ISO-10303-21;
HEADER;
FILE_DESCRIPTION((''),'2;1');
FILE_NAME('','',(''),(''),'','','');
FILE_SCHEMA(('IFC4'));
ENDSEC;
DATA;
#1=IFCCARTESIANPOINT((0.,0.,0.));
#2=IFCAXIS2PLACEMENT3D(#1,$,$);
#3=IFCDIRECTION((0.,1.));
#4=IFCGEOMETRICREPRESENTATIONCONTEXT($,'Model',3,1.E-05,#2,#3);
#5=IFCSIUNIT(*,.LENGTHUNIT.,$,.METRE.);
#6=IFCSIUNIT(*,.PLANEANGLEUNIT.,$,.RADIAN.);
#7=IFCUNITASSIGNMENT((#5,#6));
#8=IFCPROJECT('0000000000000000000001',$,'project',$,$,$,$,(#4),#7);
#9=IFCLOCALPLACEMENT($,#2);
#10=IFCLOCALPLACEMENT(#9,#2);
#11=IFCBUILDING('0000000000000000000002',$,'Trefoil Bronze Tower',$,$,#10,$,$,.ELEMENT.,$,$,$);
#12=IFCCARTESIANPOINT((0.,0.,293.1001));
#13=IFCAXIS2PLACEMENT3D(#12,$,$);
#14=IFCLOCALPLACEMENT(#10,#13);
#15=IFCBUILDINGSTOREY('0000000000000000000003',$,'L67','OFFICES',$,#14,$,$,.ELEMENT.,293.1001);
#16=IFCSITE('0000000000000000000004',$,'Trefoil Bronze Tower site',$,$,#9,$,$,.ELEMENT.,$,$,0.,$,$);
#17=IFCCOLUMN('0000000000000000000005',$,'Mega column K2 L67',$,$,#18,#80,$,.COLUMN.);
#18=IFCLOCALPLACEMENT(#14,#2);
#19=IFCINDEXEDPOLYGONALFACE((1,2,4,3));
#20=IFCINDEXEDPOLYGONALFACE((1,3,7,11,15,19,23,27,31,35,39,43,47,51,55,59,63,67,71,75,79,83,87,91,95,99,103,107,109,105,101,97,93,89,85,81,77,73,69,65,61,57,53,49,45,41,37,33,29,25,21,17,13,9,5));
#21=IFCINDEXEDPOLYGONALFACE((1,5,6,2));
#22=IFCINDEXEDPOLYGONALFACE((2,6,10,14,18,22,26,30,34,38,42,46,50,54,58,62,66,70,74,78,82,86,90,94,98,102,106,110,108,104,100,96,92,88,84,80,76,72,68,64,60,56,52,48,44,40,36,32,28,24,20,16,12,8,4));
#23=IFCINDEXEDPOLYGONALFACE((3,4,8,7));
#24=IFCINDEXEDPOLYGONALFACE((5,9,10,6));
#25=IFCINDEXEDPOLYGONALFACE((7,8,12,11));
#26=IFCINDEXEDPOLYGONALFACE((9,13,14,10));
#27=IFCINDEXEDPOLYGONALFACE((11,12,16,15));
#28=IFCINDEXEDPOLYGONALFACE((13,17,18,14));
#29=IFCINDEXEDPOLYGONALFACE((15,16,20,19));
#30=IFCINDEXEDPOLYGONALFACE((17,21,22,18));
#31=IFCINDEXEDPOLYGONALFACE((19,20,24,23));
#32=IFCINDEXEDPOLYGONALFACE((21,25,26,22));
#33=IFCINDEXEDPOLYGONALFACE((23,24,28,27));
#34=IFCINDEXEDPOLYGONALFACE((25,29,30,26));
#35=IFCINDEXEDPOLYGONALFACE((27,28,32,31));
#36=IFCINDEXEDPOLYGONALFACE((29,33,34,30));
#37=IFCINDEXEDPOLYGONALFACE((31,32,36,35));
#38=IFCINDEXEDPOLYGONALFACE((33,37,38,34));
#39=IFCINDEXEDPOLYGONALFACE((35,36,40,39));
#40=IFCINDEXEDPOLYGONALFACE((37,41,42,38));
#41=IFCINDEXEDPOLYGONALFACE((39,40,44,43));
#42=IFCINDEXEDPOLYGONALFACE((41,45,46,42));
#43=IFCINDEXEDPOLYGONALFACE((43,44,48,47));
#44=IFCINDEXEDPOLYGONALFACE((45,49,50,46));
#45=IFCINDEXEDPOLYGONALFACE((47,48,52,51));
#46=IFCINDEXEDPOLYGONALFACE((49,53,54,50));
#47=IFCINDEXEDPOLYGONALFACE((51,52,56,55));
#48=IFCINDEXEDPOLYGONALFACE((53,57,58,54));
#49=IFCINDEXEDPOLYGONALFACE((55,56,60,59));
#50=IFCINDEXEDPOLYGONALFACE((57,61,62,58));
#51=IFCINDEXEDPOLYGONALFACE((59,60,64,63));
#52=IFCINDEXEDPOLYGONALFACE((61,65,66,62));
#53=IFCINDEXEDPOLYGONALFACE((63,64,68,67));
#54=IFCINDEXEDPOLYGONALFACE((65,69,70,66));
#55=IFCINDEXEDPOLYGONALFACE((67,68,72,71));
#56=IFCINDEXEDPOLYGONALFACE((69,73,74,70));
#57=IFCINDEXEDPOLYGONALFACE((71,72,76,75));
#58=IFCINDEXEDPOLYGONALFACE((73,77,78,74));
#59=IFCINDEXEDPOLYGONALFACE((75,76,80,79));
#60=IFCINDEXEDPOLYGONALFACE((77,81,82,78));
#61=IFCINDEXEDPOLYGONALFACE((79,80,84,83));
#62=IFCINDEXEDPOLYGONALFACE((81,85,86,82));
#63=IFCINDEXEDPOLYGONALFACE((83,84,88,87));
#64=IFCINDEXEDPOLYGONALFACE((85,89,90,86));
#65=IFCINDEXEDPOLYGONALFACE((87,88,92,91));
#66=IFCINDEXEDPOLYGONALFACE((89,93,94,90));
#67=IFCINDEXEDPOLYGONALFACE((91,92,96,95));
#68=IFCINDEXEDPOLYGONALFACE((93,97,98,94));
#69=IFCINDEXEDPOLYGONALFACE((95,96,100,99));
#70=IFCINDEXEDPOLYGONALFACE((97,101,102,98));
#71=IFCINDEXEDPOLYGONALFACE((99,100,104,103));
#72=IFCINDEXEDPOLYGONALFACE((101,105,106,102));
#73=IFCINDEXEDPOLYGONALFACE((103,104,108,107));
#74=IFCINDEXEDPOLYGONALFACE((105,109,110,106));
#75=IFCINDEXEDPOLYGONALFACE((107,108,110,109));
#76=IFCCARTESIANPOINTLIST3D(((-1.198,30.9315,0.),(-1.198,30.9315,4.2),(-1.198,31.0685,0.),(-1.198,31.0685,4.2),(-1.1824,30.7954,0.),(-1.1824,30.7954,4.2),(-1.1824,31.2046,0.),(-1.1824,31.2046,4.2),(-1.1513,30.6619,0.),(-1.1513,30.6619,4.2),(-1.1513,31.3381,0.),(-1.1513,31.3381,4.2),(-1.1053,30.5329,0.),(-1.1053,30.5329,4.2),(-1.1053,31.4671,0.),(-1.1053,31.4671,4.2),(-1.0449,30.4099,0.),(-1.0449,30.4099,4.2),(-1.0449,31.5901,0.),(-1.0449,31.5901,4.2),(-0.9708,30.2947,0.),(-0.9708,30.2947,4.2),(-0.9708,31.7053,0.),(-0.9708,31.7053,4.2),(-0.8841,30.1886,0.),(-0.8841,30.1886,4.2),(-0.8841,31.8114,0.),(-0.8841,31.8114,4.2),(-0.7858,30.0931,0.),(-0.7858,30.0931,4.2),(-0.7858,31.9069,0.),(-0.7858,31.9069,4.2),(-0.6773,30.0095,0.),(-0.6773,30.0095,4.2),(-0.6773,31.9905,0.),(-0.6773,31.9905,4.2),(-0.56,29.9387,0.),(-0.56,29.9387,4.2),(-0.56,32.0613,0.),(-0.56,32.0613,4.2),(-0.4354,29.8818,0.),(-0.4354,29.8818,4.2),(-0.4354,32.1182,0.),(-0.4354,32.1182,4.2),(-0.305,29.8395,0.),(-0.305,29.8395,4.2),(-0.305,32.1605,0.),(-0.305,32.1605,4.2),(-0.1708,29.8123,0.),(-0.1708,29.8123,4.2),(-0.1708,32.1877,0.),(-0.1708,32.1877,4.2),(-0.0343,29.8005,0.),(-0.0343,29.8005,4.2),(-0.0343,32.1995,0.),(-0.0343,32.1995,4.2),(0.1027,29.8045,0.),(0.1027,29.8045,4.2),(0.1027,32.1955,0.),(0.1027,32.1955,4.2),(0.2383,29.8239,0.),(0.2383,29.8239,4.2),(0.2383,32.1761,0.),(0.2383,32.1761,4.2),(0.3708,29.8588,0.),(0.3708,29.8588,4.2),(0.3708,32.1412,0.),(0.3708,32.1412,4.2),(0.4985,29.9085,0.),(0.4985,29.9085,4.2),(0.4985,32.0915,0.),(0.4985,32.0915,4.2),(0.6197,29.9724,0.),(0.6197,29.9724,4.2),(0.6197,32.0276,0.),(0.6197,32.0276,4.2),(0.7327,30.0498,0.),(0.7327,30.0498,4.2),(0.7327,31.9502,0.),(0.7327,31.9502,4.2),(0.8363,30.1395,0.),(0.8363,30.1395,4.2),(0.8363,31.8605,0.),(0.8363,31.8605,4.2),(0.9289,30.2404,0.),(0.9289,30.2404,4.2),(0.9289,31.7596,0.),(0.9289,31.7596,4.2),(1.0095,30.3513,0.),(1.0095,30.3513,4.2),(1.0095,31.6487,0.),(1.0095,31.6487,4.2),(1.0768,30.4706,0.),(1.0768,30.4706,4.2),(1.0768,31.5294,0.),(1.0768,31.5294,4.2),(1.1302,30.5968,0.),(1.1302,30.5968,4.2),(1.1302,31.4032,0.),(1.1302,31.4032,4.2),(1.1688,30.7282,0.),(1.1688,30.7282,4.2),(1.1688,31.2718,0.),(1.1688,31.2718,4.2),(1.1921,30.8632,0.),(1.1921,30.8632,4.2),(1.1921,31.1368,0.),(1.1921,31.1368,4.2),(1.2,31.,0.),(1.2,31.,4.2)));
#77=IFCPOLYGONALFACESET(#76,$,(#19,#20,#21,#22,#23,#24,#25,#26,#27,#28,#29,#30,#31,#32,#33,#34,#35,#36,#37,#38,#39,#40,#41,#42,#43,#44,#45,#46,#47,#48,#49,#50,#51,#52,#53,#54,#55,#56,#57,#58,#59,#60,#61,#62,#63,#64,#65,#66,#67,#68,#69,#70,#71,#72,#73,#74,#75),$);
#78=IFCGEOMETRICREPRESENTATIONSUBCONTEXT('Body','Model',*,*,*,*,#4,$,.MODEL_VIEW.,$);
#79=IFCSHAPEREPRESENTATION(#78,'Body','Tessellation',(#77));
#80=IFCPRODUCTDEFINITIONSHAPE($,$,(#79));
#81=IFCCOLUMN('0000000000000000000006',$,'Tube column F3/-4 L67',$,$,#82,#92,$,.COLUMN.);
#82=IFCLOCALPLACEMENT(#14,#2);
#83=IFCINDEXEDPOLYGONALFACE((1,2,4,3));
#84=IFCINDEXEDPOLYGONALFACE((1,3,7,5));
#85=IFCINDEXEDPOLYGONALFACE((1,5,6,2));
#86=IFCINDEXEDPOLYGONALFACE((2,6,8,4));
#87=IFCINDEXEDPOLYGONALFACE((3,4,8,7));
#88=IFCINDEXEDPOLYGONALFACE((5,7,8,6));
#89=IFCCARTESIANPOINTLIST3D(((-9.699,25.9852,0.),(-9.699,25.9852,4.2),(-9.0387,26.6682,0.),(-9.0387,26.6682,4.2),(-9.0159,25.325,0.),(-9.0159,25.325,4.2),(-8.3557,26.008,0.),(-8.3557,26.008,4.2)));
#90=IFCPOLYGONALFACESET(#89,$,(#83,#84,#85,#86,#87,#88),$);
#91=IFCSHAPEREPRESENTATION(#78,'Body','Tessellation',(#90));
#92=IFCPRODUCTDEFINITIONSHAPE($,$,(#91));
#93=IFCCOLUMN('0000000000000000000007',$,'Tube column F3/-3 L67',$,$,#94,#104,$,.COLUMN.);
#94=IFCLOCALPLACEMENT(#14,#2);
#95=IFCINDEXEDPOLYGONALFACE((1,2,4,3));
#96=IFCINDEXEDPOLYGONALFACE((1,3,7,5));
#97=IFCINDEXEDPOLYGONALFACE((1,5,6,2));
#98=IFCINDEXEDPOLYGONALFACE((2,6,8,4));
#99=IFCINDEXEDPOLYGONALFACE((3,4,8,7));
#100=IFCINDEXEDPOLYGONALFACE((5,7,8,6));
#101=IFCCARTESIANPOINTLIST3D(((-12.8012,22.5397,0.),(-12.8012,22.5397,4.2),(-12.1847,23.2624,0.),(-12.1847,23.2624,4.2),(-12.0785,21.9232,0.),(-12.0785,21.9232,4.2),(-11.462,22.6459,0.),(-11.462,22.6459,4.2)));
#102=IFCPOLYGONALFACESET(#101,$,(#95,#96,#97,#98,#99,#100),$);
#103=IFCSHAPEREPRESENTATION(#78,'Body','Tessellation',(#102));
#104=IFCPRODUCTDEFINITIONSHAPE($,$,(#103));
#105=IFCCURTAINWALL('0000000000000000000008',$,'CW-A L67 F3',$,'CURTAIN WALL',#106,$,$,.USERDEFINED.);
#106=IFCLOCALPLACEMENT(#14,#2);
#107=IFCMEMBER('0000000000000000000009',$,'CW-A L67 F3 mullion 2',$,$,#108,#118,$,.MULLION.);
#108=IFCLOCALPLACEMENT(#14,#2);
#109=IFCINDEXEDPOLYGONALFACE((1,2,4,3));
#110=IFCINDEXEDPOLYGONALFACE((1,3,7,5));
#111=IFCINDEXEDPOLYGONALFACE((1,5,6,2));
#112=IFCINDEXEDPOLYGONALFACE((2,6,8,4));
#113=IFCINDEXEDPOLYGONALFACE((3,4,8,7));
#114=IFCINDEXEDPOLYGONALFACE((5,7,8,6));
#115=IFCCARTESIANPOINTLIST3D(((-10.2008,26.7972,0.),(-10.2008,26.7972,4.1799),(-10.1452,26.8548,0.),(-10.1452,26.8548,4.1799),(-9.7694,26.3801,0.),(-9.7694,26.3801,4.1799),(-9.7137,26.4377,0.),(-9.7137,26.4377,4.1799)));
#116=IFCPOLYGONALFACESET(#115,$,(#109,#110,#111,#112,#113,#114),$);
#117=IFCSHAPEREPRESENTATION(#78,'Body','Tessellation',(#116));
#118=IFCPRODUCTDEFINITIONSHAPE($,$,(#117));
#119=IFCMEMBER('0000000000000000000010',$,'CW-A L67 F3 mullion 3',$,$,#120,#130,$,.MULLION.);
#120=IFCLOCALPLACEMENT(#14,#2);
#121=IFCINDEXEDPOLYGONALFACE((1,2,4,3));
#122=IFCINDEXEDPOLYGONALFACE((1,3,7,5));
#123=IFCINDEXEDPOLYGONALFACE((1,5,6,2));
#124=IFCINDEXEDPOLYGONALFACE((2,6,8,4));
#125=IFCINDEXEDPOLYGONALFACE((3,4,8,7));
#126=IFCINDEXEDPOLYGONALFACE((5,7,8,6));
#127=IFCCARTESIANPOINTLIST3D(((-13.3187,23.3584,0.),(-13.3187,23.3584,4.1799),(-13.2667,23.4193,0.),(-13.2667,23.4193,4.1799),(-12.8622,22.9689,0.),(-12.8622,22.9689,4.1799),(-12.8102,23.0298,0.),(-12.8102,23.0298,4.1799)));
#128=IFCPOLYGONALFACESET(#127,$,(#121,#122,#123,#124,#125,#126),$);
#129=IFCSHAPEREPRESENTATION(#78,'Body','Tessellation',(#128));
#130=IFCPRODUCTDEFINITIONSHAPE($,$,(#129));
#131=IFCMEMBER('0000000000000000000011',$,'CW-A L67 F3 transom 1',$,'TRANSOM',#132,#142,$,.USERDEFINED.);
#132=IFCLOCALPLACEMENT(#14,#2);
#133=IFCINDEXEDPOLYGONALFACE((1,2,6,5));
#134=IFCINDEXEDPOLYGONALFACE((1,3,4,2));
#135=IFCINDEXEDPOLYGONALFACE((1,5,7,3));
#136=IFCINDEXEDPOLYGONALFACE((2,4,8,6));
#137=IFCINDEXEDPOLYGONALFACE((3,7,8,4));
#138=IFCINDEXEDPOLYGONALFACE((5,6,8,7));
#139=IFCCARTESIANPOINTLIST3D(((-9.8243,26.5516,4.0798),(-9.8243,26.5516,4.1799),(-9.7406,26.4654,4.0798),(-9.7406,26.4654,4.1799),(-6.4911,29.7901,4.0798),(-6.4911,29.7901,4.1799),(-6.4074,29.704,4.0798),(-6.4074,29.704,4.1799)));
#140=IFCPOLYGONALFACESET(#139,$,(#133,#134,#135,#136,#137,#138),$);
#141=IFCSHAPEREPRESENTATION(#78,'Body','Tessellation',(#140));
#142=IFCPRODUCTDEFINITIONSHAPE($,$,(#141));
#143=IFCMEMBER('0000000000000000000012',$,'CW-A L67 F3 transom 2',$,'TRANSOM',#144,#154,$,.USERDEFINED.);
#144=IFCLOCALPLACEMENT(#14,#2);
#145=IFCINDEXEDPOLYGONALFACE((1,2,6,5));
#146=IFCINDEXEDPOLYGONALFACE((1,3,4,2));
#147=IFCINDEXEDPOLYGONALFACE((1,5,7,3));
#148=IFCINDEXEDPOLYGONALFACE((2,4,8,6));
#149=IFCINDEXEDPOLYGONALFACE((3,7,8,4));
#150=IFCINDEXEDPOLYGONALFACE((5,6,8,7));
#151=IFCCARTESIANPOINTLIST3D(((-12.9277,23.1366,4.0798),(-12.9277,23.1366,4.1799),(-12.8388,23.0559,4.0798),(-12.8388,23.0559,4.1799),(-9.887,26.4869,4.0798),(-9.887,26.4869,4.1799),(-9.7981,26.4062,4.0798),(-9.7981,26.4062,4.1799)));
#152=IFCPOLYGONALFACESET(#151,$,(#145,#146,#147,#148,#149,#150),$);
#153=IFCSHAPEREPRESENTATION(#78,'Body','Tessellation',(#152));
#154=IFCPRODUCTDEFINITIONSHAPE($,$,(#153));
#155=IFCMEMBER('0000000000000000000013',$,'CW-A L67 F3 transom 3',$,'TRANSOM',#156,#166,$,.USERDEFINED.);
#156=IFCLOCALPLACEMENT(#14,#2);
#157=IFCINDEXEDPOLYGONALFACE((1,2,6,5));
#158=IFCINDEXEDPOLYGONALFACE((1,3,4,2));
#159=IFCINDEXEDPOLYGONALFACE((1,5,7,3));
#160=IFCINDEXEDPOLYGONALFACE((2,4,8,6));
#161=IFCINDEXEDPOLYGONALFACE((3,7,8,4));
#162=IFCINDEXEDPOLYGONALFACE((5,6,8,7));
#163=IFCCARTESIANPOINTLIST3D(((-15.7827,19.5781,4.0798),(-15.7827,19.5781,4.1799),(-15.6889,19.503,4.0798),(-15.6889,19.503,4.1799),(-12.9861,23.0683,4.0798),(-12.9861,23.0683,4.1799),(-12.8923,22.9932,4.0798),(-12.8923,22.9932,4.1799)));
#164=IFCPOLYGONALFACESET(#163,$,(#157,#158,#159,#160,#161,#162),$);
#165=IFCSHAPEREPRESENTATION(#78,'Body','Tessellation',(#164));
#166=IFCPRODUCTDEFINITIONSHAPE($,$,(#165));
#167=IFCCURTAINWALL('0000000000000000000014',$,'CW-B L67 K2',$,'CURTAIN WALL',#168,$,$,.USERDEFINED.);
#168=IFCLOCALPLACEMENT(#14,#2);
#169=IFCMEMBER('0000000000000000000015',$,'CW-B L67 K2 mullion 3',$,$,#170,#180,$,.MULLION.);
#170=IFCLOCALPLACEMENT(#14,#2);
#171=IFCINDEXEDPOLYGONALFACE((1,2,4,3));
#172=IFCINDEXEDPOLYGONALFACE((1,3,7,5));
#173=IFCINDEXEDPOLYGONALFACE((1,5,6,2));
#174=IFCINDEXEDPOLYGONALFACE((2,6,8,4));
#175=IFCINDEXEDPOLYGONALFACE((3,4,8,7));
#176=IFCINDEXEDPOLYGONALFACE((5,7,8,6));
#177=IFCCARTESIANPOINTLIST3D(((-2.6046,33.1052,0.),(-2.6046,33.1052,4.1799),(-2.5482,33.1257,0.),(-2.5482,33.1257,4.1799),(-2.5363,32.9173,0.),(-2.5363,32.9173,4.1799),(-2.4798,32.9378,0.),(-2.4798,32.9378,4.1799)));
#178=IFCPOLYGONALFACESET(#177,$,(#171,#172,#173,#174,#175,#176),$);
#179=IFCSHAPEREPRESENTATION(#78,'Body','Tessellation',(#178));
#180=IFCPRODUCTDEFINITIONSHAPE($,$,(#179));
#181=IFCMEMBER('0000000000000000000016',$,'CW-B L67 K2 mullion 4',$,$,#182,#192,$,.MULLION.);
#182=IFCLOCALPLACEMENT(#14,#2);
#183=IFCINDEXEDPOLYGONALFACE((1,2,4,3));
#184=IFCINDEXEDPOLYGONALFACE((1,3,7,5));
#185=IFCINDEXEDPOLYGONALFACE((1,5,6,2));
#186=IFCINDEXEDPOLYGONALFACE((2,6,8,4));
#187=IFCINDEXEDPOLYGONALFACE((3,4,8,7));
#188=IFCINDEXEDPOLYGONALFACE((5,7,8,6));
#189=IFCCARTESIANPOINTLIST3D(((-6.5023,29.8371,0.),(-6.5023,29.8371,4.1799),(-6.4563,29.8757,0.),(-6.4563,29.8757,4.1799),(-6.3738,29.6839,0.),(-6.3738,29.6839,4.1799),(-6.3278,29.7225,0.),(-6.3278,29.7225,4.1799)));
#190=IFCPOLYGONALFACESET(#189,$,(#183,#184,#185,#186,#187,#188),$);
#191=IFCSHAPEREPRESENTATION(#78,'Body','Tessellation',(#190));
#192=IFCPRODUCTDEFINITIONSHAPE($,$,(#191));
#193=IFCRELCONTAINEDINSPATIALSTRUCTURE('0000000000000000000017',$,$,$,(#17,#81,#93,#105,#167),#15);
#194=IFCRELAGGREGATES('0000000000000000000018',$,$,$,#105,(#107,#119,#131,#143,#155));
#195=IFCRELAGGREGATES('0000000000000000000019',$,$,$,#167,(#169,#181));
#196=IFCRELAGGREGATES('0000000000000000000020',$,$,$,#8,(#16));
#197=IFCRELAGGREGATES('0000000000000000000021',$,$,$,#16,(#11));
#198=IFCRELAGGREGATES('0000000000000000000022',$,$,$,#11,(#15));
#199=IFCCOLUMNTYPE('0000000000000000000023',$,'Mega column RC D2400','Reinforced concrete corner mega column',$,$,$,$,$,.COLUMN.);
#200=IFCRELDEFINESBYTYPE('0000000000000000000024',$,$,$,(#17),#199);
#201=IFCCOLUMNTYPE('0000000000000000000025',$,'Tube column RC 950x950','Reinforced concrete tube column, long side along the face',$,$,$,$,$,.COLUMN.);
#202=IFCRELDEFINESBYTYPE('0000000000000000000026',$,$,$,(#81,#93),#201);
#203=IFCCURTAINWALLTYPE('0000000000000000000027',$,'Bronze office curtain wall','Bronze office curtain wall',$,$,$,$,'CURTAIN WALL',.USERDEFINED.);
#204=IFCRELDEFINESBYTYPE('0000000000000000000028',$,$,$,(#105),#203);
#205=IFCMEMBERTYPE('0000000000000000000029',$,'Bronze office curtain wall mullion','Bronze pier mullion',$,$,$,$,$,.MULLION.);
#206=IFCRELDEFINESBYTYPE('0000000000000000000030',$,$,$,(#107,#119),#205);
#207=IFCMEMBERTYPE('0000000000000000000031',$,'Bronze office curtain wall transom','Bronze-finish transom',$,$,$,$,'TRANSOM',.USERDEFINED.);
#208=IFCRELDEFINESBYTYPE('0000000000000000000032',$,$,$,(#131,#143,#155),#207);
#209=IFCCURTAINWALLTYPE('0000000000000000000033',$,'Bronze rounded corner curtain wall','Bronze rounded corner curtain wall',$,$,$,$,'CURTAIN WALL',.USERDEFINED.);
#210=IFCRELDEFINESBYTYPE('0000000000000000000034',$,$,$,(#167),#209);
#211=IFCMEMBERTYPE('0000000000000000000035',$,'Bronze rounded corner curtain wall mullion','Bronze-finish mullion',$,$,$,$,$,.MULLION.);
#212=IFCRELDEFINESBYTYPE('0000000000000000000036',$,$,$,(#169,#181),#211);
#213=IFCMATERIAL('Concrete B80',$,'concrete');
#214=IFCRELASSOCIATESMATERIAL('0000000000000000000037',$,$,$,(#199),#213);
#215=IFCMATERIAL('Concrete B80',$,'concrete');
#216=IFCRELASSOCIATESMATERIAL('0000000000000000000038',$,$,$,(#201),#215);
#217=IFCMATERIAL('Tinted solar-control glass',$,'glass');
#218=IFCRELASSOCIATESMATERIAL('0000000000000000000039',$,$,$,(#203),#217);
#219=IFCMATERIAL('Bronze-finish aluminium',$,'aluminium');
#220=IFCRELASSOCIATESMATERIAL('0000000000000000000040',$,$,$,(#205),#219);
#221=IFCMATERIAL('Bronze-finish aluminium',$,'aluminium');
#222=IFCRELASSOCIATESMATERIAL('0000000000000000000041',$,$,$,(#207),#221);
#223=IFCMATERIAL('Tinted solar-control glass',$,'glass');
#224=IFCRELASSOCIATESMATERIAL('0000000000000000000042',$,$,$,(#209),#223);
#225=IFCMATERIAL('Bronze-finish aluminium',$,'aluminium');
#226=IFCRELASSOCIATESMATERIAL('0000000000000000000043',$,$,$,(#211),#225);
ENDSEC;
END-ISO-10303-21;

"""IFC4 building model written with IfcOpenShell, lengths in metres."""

from ifc_helpers import new_model, si_unit, direction, frame, origin, origin_2d, place, context, subcontext, project, spatial, rectangle, circle, extrude, material, material_profile, profile_set, type_object, element, aggregate, save


model = new_model("IFC4")

# Units and contexts
model_context = context("Model", 3, precision=1e-05, world=origin(), true_north=direction((0.0, 1.0)))
body_context = subcontext(model_context, "Body", "Model", "MODEL_VIEW")
ifc_project = project(units=[si_unit("LENGTHUNIT", "METRE"), si_unit("PLANEANGLEUNIT", "RADIAN")], contexts=[model_context])

# Site, building, storey
site_placement = place(None, origin())
site = spatial("IfcSite", under=ifc_project, at=site_placement, Name="Trefoil Bronze Tower site", CompositionType="ELEMENT", RefElevation=0.0)
building_placement = place(site_placement, origin())
building = spatial("IfcBuilding", under=site, at=building_placement, Name="Trefoil Bronze Tower", CompositionType="ELEMENT")
storey_placement = place(building_placement, frame((0.0, 0.0, 293.1001)))
storey = spatial("IfcBuildingStorey", under=building, at=storey_placement, Name="L67", Description="OFFICES", CompositionType="ELEMENT", Elevation=293.1001)

# Columns
ifc_material_1 = material(Name="Concrete B80", Category="concrete")
ifc_material_profile_1 = material_profile(ifc_material_1, circle(Radius=1.2, at=origin_2d()), Name="RC D2400")
ifc_profile_set_1 = profile_set([ifc_material_profile_1], Name="Concrete B80")
column_type_1 = type_object("IfcColumnType", Name="Mega column RC D2400", Description="Reinforced concrete corner mega column", PredefinedType="COLUMN", material=ifc_profile_set_1)
column_placement = place(storey_placement, frame((0.0, 31.0, 0.0), z_axis=(0.0, 0.0, 1.0), x_axis=(1.0, 0.0, 0.0)))
element("IfcColumn", 1, at=column_placement, inside=storey, type_object=column_type_1, Name="Mega column K2 L67", PredefinedType="COLUMN", context=body_context, shape_type="SweptSolid", body=[
    extrude(circle(Radius=1.2, at=origin_2d()), origin(), (0.0, 0.0, 1.0), 4.2),
])
ifc_material_2 = material(Name="Concrete B80", Category="concrete")
ifc_material_profile_2 = material_profile(ifc_material_2, rectangle(XDim=0.95, YDim=0.95, at=origin_2d()), Name="RC 950x950")
ifc_profile_set_2 = profile_set([ifc_material_profile_2], Name="Concrete B80")
column_type_2 = type_object("IfcColumnType", Name="Tube column RC 950x950", Description="Reinforced concrete tube column, long side along the face", PredefinedType="COLUMN", material=ifc_profile_set_2)
for number, where, z_axis, x_axis, name in (
    (2, (-9.0273, 25.9966, 0.0), (0.0, 0.0, 1.0), (-0.695009, -0.719001, 0.0), "Tube column F3/-4 L67"),
    (3, (-12.1316, 22.5928, 0.0), (0.0, 0.0, 1.0), (-0.649008, -0.760781, 0.0), "Tube column F3/-3 L67"),
):
    element("IfcColumn", number, at=place(storey_placement, frame(where, z_axis=z_axis, x_axis=x_axis)), inside=storey, type_object=column_type_2, Name=name, PredefinedType="COLUMN", context=body_context, shape_type="SweptSolid", body=[
        extrude(rectangle(XDim=0.95, YDim=0.95, at=origin_2d()), origin(), (0.0, 0.0, 1.0), 4.2),
    ])

# Curtain walls, members
ifc_material_3 = material(Name="Tinted solar-control glass", Category="glass")
curtain_wall_type_1 = type_object("IfcCurtainWallType", Name="Bronze office curtain wall", Description="Bronze office curtain wall", ElementType="CURTAIN WALL", PredefinedType="USERDEFINED", material=ifc_material_3)
curtain_wall_1_placement = place(storey_placement, origin())
curtain_wall_1 = element("IfcCurtainWall", 4, at=curtain_wall_1_placement, inside=storey, type_object=curtain_wall_type_1, Name="CW-A L67 F3", ObjectType="CURTAIN WALL", PredefinedType="USERDEFINED")
ifc_material_4 = material(Name="Bronze-finish aluminium", Category="aluminium")
ifc_material_profile_3 = material_profile(ifc_material_4, rectangle(XDim=0.6001, YDim=0.0801, at=origin_2d()), Name="CW-A mullion")
ifc_profile_set_3 = profile_set([ifc_material_profile_3], Name="Bronze-finish aluminium")
member_type_1 = type_object("IfcMemberType", Name="Bronze office curtain wall mullion", Description="Bronze pier mullion", PredefinedType="MULLION", material=ifc_profile_set_3)
member_1_placement = place(storey_placement, frame((-9.9573, 26.6174, 0.0), z_axis=(0.0, 0.0, 1.0), x_axis=(0.719001, -0.695009, 0.0)))
member_1 = element("IfcMember", 5, at=member_1_placement, type_object=member_type_1, Name="CW-A L67 F3 mullion 2", PredefinedType="MULLION", context=body_context, shape_type="SweptSolid", body=[
    extrude(rectangle(XDim=0.6001, YDim=0.0801, at=origin_2d()), origin(), (0.0, 0.0, 1.0), 4.1799),
])
member_2_placement = place(storey_placement, frame((-13.0645, 23.1941, 0.0), z_axis=(0.0, 0.0, 1.0), x_axis=(0.760781, -0.649008, 0.0)))
member_2 = element("IfcMember", 6, at=member_2_placement, type_object=member_type_1, Name="CW-A L67 F3 mullion 3", PredefinedType="MULLION", context=body_context, shape_type="SweptSolid", body=[
    extrude(rectangle(XDim=0.6001, YDim=0.0801, at=origin_2d()), origin(), (0.0, 0.0, 1.0), 4.1799),
])
ifc_material_5 = material(Name="Bronze-finish aluminium", Category="aluminium")
ifc_material_profile_4 = material_profile(ifc_material_5, rectangle(XDim=0.1201, YDim=0.1001, at=origin_2d()), Name="CW-A transom")
ifc_profile_set_4 = profile_set([ifc_material_profile_4], Name="Bronze-finish aluminium")
member_type_2 = type_object("IfcMemberType", Name="Bronze office curtain wall transom", Description="Bronze-finish transom", ElementType="TRANSOM", PredefinedType="USERDEFINED", material=ifc_profile_set_4)
member_3_placement = place(storey_placement, frame((-6.4492, 29.7471, 4.1299), z_axis=(-0.717225, -0.696842, 0.0), x_axis=(0.696842, -0.717225, 0.0)))
member_3 = element("IfcMember", 7, at=member_3_placement, type_object=member_type_2, Name="CW-A L67 F3 transom 1", ObjectType="TRANSOM", PredefinedType="USERDEFINED", context=body_context, shape_type="SweptSolid", body=[
    extrude(rectangle(XDim=0.1201, YDim=0.1001, at=origin_2d()), origin(), (0.0, 0.0, 1.0), 4.6475),
])
member_4_placement = place(storey_placement, frame((-9.8425, 26.4465, 4.1299), z_axis=(-0.672068, -0.740489, 0.0), x_axis=(0.740489, -0.672068, 0.0)))
member_4 = element("IfcMember", 8, at=member_4_placement, type_object=member_type_2, Name="CW-A L67 F3 transom 2", ObjectType="TRANSOM", PredefinedType="USERDEFINED", context=body_context, shape_type="SweptSolid", body=[
    extrude(rectangle(XDim=0.1201, YDim=0.1001, at=origin_2d()), origin(), (0.0, 0.0, 1.0), 4.5244),
])
member_5_placement = place(storey_placement, frame((-12.9392, 23.0308, 4.1299), z_axis=(-0.625301, -0.780384, 0.0), x_axis=(0.780384, -0.625301, 0.0)))
member_5 = element("IfcMember", 9, at=member_5_placement, type_object=member_type_2, Name="CW-A L67 F3 transom 3", ObjectType="TRANSOM", PredefinedType="USERDEFINED", context=body_context, shape_type="SweptSolid", body=[
    extrude(rectangle(XDim=0.1201, YDim=0.1001, at=origin_2d()), origin(), (0.0, 0.0, 1.0), 4.4724),
])
ifc_material_6 = material(Name="Tinted solar-control glass", Category="glass")
curtain_wall_type_2 = type_object("IfcCurtainWallType", Name="Bronze rounded corner curtain wall", Description="Bronze rounded corner curtain wall", ElementType="CURTAIN WALL", PredefinedType="USERDEFINED", material=ifc_material_6)
curtain_wall_2_placement = place(storey_placement, origin())
curtain_wall_2 = element("IfcCurtainWall", 10, at=curtain_wall_2_placement, inside=storey, type_object=curtain_wall_type_2, Name="CW-B L67 K2", ObjectType="CURTAIN WALL", PredefinedType="USERDEFINED")
ifc_material_7 = material(Name="Bronze-finish aluminium", Category="aluminium")
ifc_material_profile_5 = material_profile(ifc_material_7, rectangle(XDim=0.2, YDim=0.0601, at=origin_2d()), Name="CW-B mullion")
ifc_profile_set_5 = profile_set([ifc_material_profile_5], Name="Bronze-finish aluminium")
member_type_3 = type_object("IfcMemberType", Name="Bronze rounded corner curtain wall mullion", Description="Bronze-finish mullion", PredefinedType="MULLION", material=ifc_profile_set_5)
member_6_placement = place(storey_placement, frame((-2.5422, 33.0215, 0.0), z_axis=(0.0, 0.0, 1.0), x_axis=(0.34202, -0.939693, 0.0)))
member_6 = element("IfcMember", 11, at=member_6_placement, type_object=member_type_3, Name="CW-B L67 K2 mullion 3", PredefinedType="MULLION", context=body_context, shape_type="SweptSolid", body=[
    extrude(rectangle(XDim=0.2, YDim=0.0601, at=origin_2d()), origin(), (0.0, 0.0, 1.0), 4.1799),
])
member_7_placement = place(storey_placement, frame((-6.415, 29.7798, 0.0), z_axis=(0.0, 0.0, 1.0), x_axis=(0.642788, -0.766044, 0.0)))
member_7 = element("IfcMember", 12, at=member_7_placement, type_object=member_type_3, Name="CW-B L67 K2 mullion 4", PredefinedType="MULLION", context=body_context, shape_type="SweptSolid", body=[
    extrude(rectangle(XDim=0.2, YDim=0.0601, at=origin_2d()), origin(), (0.0, 0.0, 1.0), 4.1799),
])

aggregate(curtain_wall_1, [member_1, member_2, member_3, member_4, member_5])
aggregate(curtain_wall_2, [member_6, member_7])

save(model, "model.ifc")
